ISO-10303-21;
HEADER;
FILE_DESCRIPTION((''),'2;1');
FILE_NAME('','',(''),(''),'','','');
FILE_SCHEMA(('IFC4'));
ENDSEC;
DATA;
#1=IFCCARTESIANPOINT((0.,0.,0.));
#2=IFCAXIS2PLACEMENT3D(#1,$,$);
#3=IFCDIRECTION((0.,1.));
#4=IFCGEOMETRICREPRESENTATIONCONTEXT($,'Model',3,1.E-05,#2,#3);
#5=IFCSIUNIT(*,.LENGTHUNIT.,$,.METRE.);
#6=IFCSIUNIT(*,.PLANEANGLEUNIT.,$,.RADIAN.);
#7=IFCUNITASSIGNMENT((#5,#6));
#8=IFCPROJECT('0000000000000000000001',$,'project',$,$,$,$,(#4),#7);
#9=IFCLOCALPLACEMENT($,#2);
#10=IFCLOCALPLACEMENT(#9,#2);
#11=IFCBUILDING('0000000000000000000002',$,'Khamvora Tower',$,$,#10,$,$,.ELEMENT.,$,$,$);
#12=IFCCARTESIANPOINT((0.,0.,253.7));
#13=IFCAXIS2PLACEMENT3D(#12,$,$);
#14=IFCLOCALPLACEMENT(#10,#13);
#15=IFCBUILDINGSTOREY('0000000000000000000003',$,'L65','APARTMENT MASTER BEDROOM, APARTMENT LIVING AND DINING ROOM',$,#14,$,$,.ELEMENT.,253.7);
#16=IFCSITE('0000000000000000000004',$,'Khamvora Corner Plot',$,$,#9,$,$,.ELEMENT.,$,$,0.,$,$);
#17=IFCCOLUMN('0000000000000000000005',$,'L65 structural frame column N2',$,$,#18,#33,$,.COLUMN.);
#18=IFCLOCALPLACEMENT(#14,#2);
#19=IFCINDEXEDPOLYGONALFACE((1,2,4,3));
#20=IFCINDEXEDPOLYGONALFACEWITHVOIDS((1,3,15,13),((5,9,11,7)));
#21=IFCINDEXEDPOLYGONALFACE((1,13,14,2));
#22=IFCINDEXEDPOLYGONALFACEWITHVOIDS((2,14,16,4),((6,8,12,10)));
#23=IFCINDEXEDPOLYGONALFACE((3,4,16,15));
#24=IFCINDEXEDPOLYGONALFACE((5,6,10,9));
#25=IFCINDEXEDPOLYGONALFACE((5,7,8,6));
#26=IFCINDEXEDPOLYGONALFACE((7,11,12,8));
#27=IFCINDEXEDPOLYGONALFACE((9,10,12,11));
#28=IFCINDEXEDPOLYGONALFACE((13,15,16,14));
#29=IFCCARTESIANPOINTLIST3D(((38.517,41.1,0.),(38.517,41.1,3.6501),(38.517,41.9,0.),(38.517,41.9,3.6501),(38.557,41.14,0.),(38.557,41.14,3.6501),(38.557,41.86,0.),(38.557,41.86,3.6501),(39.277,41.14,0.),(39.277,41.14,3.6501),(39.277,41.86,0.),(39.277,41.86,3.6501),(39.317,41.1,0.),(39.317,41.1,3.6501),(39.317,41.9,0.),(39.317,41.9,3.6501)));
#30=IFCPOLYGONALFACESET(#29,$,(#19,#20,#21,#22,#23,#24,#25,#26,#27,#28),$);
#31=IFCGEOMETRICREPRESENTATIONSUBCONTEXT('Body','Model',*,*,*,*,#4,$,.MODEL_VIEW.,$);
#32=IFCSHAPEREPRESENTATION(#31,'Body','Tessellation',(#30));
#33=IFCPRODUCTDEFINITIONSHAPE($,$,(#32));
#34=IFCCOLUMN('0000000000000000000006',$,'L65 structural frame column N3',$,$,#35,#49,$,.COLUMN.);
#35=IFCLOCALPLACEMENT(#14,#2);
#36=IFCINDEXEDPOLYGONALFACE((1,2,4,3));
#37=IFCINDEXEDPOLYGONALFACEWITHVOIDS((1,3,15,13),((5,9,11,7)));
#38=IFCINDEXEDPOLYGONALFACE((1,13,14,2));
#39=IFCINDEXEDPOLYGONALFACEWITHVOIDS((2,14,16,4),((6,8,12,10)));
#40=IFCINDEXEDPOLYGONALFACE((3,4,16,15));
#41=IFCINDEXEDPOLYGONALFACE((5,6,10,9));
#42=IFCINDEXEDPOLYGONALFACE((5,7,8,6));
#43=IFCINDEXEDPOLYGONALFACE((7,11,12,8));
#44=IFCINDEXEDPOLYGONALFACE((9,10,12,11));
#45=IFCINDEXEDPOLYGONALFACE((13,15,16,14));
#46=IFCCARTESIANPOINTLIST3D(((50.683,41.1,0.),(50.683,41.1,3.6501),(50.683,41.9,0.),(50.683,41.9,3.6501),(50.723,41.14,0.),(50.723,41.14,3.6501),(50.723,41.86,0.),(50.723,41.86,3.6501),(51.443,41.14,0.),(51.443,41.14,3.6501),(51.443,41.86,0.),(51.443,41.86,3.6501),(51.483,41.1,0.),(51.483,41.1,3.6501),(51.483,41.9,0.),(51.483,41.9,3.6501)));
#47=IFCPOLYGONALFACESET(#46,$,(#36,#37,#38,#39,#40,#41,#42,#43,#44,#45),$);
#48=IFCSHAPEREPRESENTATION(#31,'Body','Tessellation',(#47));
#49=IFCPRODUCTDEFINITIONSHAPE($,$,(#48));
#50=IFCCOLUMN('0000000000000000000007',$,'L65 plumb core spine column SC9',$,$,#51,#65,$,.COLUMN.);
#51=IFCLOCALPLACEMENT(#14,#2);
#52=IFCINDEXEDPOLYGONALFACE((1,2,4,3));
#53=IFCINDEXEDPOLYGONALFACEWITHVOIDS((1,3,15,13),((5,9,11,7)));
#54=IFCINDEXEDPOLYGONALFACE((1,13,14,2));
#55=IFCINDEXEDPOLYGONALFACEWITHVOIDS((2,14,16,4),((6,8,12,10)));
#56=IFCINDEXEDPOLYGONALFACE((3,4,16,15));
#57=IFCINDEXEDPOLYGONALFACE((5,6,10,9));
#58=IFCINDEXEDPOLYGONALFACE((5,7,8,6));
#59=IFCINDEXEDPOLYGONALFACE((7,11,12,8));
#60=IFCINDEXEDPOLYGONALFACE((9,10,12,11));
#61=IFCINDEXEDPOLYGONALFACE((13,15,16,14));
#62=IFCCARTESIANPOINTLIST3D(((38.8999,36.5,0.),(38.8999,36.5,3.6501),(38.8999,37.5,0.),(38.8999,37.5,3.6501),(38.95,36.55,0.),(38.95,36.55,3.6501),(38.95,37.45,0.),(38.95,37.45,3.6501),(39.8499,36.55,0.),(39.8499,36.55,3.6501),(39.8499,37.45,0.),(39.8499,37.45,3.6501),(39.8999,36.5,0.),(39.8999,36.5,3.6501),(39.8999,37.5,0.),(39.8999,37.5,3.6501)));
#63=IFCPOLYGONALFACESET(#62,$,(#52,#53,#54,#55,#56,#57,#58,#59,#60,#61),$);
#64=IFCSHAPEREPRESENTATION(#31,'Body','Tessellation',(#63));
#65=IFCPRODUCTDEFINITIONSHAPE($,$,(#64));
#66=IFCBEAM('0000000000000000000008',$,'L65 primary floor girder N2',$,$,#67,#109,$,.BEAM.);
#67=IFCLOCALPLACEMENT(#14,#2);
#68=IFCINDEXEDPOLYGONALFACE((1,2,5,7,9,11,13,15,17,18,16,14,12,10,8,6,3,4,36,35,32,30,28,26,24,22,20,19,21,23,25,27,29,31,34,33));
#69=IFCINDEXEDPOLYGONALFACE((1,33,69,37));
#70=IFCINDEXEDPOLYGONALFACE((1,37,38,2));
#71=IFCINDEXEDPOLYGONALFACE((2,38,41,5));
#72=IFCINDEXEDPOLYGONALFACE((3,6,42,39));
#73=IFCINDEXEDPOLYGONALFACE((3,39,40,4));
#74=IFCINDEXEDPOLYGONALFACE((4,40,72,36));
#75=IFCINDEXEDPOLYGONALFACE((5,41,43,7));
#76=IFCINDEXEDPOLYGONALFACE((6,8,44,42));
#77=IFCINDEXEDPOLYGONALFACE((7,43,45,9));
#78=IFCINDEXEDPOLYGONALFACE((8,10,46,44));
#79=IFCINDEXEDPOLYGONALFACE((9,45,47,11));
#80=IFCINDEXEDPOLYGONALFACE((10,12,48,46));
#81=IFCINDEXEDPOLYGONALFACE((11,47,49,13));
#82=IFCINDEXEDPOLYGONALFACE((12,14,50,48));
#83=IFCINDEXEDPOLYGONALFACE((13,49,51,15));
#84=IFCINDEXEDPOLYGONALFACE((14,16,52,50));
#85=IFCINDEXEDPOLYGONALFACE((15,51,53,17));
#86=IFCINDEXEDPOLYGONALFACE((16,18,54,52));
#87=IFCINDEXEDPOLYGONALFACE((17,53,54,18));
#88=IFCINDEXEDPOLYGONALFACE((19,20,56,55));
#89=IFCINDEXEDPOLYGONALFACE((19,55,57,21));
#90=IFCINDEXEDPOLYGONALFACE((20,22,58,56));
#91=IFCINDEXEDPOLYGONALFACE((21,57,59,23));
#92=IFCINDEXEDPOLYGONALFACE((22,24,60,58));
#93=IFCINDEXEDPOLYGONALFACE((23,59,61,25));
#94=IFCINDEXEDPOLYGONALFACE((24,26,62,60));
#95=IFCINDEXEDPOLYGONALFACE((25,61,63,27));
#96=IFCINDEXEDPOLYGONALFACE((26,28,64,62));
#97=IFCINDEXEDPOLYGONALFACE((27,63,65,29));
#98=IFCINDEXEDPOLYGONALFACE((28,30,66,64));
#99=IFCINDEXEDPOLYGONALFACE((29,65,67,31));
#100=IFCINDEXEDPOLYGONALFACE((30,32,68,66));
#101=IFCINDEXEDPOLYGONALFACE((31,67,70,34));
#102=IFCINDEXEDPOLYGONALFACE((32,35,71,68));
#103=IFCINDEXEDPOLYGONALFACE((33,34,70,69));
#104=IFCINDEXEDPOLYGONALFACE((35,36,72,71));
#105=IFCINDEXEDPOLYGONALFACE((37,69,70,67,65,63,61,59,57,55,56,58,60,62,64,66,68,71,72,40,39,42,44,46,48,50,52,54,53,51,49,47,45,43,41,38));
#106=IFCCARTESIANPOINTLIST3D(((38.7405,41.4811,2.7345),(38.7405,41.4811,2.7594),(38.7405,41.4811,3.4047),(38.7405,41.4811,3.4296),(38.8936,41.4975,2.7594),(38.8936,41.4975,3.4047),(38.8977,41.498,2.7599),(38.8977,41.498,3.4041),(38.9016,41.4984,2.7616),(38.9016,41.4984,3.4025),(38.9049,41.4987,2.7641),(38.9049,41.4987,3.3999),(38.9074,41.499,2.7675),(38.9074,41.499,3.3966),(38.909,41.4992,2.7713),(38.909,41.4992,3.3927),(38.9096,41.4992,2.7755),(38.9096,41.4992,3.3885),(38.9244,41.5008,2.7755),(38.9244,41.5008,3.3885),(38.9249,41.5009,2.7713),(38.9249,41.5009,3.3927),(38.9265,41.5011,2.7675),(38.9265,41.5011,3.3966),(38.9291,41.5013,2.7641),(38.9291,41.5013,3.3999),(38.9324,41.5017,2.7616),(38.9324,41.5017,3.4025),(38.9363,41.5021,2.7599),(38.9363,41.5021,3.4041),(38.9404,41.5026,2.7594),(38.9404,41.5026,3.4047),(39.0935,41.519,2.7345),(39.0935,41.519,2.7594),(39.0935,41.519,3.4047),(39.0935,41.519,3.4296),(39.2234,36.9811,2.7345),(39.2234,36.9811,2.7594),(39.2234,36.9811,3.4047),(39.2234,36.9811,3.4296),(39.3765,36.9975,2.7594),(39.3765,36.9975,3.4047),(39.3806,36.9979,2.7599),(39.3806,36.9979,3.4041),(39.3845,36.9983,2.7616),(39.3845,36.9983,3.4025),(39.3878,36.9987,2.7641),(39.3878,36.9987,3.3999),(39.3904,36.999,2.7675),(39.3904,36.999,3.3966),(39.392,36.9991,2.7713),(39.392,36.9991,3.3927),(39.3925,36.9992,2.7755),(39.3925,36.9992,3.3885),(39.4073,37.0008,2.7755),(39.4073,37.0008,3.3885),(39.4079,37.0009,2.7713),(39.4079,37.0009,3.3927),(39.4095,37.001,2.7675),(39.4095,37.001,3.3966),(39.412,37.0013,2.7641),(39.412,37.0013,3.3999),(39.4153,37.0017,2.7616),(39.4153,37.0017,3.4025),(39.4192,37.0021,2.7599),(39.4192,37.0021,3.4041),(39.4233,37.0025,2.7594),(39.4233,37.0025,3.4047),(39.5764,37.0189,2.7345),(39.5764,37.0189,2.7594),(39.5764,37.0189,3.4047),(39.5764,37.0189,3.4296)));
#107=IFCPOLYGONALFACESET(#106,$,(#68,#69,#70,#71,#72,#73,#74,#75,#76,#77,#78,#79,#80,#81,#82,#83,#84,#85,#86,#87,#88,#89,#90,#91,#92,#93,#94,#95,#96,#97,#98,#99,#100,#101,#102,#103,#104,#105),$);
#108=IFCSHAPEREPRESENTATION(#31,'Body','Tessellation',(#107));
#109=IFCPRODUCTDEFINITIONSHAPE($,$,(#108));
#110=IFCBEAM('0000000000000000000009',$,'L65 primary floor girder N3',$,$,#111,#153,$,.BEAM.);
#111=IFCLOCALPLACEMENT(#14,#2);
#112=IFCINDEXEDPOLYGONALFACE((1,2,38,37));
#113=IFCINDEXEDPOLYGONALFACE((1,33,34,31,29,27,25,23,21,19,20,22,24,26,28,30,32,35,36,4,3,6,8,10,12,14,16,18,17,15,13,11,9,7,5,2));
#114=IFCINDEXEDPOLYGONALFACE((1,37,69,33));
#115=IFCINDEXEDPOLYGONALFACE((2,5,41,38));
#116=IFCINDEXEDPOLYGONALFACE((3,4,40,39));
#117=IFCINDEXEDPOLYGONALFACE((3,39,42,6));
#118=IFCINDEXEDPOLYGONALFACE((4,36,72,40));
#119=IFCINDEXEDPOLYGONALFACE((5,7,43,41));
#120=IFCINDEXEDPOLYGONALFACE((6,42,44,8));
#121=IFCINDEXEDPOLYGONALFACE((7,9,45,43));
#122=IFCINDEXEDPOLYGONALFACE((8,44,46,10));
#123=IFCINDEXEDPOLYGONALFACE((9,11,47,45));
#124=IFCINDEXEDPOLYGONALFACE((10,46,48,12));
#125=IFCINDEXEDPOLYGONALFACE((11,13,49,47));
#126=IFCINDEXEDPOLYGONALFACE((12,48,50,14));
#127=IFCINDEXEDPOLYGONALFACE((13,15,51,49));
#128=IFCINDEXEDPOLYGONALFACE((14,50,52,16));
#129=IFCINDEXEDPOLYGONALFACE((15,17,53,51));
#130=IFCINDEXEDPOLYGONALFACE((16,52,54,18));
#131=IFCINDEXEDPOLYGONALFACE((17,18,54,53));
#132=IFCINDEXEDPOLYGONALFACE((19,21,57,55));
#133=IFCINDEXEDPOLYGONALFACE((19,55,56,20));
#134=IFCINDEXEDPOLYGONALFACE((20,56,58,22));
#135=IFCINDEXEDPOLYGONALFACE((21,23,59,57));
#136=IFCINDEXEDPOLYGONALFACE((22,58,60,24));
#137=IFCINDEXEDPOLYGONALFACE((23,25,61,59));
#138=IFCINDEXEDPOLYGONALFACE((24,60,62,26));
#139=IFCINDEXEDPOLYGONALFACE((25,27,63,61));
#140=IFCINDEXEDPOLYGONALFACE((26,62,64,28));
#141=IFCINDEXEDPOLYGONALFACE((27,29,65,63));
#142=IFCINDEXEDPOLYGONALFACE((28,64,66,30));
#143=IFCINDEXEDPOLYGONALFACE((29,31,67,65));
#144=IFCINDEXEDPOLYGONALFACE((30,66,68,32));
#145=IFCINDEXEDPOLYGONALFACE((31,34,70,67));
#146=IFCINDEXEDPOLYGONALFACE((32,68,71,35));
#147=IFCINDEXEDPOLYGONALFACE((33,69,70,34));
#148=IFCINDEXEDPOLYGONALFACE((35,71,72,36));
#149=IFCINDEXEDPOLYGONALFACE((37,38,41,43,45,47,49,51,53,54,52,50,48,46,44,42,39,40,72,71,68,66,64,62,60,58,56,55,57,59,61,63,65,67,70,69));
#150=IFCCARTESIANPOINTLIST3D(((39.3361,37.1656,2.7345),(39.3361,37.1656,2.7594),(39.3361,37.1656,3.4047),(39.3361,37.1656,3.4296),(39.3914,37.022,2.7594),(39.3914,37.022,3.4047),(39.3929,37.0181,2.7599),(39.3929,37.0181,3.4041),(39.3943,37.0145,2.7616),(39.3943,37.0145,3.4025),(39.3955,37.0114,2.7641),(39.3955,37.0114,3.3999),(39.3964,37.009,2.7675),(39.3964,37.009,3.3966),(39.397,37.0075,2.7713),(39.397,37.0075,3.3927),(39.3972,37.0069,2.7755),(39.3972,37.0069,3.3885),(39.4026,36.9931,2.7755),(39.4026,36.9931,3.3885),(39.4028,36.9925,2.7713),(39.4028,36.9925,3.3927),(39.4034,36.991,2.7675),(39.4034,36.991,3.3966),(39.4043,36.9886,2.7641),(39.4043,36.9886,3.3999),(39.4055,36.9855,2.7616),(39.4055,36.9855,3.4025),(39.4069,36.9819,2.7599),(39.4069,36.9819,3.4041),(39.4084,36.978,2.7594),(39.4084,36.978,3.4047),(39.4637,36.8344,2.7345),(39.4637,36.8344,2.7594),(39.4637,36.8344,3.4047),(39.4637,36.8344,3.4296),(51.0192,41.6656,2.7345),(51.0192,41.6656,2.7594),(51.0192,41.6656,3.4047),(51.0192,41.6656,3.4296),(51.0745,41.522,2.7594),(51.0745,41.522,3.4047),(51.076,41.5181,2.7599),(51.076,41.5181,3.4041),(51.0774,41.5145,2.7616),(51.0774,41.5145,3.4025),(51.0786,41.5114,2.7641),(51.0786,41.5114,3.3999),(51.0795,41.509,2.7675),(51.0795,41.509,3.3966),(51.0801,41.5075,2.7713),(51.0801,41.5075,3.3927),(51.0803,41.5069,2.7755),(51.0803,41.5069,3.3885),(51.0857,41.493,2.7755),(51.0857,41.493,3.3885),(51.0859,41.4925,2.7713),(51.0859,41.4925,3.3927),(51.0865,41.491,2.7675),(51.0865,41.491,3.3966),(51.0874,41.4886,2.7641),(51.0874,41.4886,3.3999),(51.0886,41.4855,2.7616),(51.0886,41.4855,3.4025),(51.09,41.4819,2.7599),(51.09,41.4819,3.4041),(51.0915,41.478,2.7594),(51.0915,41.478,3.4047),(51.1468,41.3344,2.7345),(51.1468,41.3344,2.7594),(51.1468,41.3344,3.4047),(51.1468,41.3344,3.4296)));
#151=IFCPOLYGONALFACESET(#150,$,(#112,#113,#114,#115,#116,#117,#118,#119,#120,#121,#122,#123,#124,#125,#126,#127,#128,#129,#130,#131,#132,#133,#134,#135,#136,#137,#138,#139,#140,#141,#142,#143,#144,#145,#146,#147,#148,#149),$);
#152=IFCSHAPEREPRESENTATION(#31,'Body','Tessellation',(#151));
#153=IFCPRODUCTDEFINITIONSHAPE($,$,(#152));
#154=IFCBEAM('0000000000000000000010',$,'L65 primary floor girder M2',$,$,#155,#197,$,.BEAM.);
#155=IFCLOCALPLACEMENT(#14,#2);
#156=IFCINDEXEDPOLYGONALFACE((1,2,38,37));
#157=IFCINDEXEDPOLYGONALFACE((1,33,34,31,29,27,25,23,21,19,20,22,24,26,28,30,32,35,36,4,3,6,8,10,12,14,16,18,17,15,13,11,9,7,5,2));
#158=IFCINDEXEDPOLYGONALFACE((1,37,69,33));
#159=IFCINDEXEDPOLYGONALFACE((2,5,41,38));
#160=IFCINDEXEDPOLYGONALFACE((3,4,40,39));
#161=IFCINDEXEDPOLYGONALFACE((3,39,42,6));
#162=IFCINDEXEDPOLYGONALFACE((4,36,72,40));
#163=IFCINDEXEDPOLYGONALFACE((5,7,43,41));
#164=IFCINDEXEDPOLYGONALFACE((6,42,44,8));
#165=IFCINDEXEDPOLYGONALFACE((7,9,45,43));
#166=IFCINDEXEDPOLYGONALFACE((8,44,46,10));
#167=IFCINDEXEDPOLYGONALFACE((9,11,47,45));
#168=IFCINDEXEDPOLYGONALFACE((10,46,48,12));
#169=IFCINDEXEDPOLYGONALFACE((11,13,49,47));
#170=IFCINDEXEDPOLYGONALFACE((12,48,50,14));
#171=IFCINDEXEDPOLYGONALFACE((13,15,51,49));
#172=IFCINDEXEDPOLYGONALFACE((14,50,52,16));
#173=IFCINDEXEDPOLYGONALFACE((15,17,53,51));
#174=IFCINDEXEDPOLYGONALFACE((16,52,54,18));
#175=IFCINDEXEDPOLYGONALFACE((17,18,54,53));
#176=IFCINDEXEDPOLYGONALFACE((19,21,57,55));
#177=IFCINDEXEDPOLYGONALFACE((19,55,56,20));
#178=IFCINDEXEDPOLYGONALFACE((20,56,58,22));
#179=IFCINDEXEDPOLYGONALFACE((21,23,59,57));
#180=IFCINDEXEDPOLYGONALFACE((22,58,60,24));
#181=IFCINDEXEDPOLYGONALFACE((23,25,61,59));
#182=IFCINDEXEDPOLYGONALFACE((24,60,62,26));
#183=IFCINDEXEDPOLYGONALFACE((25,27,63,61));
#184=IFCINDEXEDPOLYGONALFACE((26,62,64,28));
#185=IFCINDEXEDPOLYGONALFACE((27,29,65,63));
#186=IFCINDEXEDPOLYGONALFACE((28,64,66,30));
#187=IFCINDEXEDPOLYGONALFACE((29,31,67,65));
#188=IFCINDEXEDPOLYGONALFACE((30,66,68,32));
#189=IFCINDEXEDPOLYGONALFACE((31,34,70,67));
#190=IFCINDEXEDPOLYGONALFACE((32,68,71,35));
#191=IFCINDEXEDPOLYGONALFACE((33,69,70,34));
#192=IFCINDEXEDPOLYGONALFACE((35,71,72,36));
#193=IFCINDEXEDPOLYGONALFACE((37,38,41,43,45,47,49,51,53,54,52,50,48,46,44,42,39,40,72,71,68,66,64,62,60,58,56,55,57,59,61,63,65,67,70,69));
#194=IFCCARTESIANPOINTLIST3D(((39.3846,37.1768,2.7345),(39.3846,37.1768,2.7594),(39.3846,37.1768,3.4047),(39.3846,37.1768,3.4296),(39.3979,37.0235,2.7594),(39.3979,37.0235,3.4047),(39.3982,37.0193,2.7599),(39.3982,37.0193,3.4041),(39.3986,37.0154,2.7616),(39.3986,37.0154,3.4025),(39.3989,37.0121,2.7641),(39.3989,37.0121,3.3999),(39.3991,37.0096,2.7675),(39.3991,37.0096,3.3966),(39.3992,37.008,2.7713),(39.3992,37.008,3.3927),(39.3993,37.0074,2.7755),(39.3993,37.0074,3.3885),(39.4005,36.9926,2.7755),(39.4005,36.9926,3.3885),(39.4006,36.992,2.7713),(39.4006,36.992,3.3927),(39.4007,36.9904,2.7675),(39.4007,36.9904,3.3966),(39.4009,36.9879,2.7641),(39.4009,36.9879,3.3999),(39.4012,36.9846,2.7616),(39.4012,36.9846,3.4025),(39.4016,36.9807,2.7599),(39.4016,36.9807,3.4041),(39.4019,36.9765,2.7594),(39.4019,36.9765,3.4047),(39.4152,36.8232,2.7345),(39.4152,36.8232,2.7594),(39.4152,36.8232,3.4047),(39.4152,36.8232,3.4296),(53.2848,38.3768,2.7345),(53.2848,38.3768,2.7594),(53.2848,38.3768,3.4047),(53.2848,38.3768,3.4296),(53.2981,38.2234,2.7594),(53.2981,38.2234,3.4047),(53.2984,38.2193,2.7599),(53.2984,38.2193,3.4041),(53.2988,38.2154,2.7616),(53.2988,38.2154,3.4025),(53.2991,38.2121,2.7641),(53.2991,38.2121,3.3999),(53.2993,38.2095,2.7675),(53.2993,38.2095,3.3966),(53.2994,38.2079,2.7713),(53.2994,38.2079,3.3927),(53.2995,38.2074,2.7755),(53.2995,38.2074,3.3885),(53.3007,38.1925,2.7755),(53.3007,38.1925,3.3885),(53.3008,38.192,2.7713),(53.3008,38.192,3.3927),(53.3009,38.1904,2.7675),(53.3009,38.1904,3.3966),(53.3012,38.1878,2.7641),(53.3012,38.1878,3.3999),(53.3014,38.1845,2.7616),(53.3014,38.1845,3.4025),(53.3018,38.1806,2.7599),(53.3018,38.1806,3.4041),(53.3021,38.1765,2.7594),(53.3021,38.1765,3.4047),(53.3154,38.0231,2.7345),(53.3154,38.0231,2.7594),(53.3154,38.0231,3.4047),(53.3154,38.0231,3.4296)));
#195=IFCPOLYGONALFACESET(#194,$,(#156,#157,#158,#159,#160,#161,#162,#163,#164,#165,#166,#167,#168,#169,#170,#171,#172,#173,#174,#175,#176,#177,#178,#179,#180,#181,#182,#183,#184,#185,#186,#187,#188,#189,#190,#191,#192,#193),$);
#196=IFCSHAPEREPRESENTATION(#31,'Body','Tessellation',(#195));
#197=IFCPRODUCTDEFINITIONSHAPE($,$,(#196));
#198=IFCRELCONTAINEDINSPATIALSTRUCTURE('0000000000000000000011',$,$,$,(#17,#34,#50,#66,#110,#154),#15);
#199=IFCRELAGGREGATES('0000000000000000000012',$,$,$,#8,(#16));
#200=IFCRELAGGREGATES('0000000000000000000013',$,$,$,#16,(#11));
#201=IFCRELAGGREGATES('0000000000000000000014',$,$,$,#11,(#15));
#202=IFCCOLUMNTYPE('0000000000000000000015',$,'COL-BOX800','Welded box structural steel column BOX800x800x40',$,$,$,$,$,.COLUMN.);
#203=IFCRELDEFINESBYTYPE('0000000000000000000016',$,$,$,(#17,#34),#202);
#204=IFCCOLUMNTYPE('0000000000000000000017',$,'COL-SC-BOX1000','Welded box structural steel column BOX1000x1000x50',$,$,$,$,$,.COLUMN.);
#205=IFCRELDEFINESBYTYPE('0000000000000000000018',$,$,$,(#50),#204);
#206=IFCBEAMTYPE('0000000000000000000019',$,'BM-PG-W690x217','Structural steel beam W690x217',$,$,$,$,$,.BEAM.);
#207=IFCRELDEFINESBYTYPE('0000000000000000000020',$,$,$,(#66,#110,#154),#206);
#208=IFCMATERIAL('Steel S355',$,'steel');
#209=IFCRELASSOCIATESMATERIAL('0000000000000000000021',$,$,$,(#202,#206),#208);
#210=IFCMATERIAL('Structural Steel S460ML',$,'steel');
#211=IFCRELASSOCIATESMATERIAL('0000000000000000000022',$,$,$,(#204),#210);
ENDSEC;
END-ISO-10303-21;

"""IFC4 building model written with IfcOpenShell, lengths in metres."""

from ifc_helpers import new_model, si_unit, direction, frame, origin, origin_2d, place, context, subcontext, project, spatial, hollow_rectangle, i_section, extrude, material, material_profile, profile_set, type_object, element, save


model = new_model("IFC4")

# Units and contexts
model_context = context("Model", 3, precision=1e-05, world=origin(), true_north=direction((0.0, 1.0)))
body_context = subcontext(model_context, "Body", "Model", "MODEL_VIEW")
ifc_project = project(units=[si_unit("LENGTHUNIT", "METRE"), si_unit("PLANEANGLEUNIT", "RADIAN")], contexts=[model_context])

# Site, building, storey
site_placement = place(None, origin())
site = spatial("IfcSite", under=ifc_project, at=site_placement, Name="Khamvora Corner Plot", CompositionType="ELEMENT", RefElevation=0.0)
building_placement = place(site_placement, origin())
building = spatial("IfcBuilding", under=site, at=building_placement, Name="Khamvora Tower", CompositionType="ELEMENT")
storey_placement = place(building_placement, frame((0.0, 0.0, 253.7)))
storey = spatial("IfcBuildingStorey", under=building, at=storey_placement, Name="L65", Description="APARTMENT MASTER BEDROOM, APARTMENT LIVING AND DINING ROOM", CompositionType="ELEMENT", Elevation=253.7)

# Columns
ifc_material_1 = material(Name="Steel S355", Category="steel")
ifc_material_profile_1 = material_profile(ifc_material_1, hollow_rectangle(XDim=0.8, YDim=0.8, WallThickness=0.04, at=origin_2d()), Name="BOX800x800x40")
ifc_profile_set_1 = profile_set([ifc_material_profile_1], Name="Steel S355")
column_type_1 = type_object("IfcColumnType", Name="COL-BOX800", Description="Welded box structural steel column BOX800x800x40", PredefinedType="COLUMN", material=ifc_profile_set_1)
for number, where, z_axis, x_axis, name in (
    (1, (38.917, 41.5, 0.0), (0.0, 0.0, 1.0), (1.0, 0.0, 0.0), "L65 structural frame column N2"),
    (2, (51.083, 41.5, 0.0), (0.0, 0.0, 1.0), (1.0, 0.0, 0.0), "L65 structural frame column N3"),
):
    element("IfcColumn", number, at=place(storey_placement, frame(where, z_axis=z_axis, x_axis=x_axis)), inside=storey, type_object=column_type_1, Name=name, PredefinedType="COLUMN", context=body_context, shape_type="SweptSolid", body=[
        extrude(hollow_rectangle(XDim=0.8, YDim=0.8, WallThickness=0.04, at=origin_2d()), origin(), (0.0, 0.0, 1.0), 3.6501),
    ])
ifc_material_2 = material(Name="Structural Steel S460ML", Category="steel")
ifc_material_profile_2 = material_profile(ifc_material_2, hollow_rectangle(XDim=1.0, YDim=1.0, WallThickness=0.05, at=origin_2d()), Name="BOX1000x1000x50")
ifc_profile_set_2 = profile_set([ifc_material_profile_2], Name="Structural Steel S460ML")
column_type_2 = type_object("IfcColumnType", Name="COL-SC-BOX1000", Description="Welded box structural steel column BOX1000x1000x50", PredefinedType="COLUMN", material=ifc_profile_set_2)
column_placement = place(storey_placement, frame((39.3999, 37.0, 0.0), z_axis=(0.0, 0.0, 1.0), x_axis=(1.0, 0.0, 0.0)))
element("IfcColumn", 3, at=column_placement, inside=storey, type_object=column_type_2, Name="L65 plumb core spine column SC9", PredefinedType="COLUMN", context=body_context, shape_type="SweptSolid", body=[
    extrude(hollow_rectangle(XDim=1.0, YDim=1.0, WallThickness=0.05, at=origin_2d()), origin(), (0.0, 0.0, 1.0), 3.6501),
])

# Beams
ifc_material_profile_3 = material_profile(ifc_material_1, i_section(OverallWidth=0.355, OverallDepth=0.6951, WebThickness=0.0149, FlangeThickness=0.0249, FilletRadius=0.0161, at=origin_2d()), Name="W690x217")
ifc_profile_set_3 = profile_set([ifc_material_profile_3], Name="Steel S355")
beam_type_1 = type_object("IfcBeamType", Name="BM-PG-W690x217", Description="Structural steel beam W690x217", PredefinedType="BEAM", material=ifc_profile_set_3)
beam_1_placement = place(storey_placement, frame((39.3999, 37.0, 3.082), z_axis=(-0.106701, 0.994291, 0.0), x_axis=(-0.994291, -0.106701, 0.0)))
element("IfcBeam", 4, at=beam_1_placement, inside=storey, type_object=beam_type_1, Name="L65 primary floor girder N2", PredefinedType="BEAM", context=body_context, shape_type="SweptSolid", body=[
    extrude(i_section(OverallWidth=0.355, OverallDepth=0.6951, WebThickness=0.0149, FlangeThickness=0.0249, FilletRadius=0.0161, at=origin_2d()), origin(), (0.0, 0.0, 1.0), 4.5259),
])
beam_2_placement = place(storey_placement, frame((39.3999, 37.0, 3.082), z_axis=(0.933172, 0.359431, 0.0), x_axis=(-0.359431, 0.933172, 0.0)))
element("IfcBeam", 5, at=beam_2_placement, inside=storey, type_object=beam_type_1, Name="L65 primary floor girder N3", PredefinedType="BEAM", context=body_context, shape_type="SweptSolid", body=[
    extrude(i_section(OverallWidth=0.355, OverallDepth=0.6951, WebThickness=0.0149, FlangeThickness=0.0249, FilletRadius=0.0161, at=origin_2d()), origin(), (0.0, 0.0, 1.0), 12.5198),
])
beam_3_placement = place(storey_placement, frame((39.3999, 37.0, 3.082), z_axis=(0.996295, 0.086007, 0.0), x_axis=(-0.086007, 0.996295, 0.0)))
element("IfcBeam", 6, at=beam_3_placement, inside=storey, type_object=beam_type_1, Name="L65 primary floor girder M2", PredefinedType="BEAM", context=body_context, shape_type="SweptSolid", body=[
    extrude(i_section(OverallWidth=0.355, OverallDepth=0.6951, WebThickness=0.0149, FlangeThickness=0.0249, FilletRadius=0.0161, at=origin_2d()), origin(), (0.0, 0.0, 1.0), 13.9519),
])

save(model, "model.ifc")
